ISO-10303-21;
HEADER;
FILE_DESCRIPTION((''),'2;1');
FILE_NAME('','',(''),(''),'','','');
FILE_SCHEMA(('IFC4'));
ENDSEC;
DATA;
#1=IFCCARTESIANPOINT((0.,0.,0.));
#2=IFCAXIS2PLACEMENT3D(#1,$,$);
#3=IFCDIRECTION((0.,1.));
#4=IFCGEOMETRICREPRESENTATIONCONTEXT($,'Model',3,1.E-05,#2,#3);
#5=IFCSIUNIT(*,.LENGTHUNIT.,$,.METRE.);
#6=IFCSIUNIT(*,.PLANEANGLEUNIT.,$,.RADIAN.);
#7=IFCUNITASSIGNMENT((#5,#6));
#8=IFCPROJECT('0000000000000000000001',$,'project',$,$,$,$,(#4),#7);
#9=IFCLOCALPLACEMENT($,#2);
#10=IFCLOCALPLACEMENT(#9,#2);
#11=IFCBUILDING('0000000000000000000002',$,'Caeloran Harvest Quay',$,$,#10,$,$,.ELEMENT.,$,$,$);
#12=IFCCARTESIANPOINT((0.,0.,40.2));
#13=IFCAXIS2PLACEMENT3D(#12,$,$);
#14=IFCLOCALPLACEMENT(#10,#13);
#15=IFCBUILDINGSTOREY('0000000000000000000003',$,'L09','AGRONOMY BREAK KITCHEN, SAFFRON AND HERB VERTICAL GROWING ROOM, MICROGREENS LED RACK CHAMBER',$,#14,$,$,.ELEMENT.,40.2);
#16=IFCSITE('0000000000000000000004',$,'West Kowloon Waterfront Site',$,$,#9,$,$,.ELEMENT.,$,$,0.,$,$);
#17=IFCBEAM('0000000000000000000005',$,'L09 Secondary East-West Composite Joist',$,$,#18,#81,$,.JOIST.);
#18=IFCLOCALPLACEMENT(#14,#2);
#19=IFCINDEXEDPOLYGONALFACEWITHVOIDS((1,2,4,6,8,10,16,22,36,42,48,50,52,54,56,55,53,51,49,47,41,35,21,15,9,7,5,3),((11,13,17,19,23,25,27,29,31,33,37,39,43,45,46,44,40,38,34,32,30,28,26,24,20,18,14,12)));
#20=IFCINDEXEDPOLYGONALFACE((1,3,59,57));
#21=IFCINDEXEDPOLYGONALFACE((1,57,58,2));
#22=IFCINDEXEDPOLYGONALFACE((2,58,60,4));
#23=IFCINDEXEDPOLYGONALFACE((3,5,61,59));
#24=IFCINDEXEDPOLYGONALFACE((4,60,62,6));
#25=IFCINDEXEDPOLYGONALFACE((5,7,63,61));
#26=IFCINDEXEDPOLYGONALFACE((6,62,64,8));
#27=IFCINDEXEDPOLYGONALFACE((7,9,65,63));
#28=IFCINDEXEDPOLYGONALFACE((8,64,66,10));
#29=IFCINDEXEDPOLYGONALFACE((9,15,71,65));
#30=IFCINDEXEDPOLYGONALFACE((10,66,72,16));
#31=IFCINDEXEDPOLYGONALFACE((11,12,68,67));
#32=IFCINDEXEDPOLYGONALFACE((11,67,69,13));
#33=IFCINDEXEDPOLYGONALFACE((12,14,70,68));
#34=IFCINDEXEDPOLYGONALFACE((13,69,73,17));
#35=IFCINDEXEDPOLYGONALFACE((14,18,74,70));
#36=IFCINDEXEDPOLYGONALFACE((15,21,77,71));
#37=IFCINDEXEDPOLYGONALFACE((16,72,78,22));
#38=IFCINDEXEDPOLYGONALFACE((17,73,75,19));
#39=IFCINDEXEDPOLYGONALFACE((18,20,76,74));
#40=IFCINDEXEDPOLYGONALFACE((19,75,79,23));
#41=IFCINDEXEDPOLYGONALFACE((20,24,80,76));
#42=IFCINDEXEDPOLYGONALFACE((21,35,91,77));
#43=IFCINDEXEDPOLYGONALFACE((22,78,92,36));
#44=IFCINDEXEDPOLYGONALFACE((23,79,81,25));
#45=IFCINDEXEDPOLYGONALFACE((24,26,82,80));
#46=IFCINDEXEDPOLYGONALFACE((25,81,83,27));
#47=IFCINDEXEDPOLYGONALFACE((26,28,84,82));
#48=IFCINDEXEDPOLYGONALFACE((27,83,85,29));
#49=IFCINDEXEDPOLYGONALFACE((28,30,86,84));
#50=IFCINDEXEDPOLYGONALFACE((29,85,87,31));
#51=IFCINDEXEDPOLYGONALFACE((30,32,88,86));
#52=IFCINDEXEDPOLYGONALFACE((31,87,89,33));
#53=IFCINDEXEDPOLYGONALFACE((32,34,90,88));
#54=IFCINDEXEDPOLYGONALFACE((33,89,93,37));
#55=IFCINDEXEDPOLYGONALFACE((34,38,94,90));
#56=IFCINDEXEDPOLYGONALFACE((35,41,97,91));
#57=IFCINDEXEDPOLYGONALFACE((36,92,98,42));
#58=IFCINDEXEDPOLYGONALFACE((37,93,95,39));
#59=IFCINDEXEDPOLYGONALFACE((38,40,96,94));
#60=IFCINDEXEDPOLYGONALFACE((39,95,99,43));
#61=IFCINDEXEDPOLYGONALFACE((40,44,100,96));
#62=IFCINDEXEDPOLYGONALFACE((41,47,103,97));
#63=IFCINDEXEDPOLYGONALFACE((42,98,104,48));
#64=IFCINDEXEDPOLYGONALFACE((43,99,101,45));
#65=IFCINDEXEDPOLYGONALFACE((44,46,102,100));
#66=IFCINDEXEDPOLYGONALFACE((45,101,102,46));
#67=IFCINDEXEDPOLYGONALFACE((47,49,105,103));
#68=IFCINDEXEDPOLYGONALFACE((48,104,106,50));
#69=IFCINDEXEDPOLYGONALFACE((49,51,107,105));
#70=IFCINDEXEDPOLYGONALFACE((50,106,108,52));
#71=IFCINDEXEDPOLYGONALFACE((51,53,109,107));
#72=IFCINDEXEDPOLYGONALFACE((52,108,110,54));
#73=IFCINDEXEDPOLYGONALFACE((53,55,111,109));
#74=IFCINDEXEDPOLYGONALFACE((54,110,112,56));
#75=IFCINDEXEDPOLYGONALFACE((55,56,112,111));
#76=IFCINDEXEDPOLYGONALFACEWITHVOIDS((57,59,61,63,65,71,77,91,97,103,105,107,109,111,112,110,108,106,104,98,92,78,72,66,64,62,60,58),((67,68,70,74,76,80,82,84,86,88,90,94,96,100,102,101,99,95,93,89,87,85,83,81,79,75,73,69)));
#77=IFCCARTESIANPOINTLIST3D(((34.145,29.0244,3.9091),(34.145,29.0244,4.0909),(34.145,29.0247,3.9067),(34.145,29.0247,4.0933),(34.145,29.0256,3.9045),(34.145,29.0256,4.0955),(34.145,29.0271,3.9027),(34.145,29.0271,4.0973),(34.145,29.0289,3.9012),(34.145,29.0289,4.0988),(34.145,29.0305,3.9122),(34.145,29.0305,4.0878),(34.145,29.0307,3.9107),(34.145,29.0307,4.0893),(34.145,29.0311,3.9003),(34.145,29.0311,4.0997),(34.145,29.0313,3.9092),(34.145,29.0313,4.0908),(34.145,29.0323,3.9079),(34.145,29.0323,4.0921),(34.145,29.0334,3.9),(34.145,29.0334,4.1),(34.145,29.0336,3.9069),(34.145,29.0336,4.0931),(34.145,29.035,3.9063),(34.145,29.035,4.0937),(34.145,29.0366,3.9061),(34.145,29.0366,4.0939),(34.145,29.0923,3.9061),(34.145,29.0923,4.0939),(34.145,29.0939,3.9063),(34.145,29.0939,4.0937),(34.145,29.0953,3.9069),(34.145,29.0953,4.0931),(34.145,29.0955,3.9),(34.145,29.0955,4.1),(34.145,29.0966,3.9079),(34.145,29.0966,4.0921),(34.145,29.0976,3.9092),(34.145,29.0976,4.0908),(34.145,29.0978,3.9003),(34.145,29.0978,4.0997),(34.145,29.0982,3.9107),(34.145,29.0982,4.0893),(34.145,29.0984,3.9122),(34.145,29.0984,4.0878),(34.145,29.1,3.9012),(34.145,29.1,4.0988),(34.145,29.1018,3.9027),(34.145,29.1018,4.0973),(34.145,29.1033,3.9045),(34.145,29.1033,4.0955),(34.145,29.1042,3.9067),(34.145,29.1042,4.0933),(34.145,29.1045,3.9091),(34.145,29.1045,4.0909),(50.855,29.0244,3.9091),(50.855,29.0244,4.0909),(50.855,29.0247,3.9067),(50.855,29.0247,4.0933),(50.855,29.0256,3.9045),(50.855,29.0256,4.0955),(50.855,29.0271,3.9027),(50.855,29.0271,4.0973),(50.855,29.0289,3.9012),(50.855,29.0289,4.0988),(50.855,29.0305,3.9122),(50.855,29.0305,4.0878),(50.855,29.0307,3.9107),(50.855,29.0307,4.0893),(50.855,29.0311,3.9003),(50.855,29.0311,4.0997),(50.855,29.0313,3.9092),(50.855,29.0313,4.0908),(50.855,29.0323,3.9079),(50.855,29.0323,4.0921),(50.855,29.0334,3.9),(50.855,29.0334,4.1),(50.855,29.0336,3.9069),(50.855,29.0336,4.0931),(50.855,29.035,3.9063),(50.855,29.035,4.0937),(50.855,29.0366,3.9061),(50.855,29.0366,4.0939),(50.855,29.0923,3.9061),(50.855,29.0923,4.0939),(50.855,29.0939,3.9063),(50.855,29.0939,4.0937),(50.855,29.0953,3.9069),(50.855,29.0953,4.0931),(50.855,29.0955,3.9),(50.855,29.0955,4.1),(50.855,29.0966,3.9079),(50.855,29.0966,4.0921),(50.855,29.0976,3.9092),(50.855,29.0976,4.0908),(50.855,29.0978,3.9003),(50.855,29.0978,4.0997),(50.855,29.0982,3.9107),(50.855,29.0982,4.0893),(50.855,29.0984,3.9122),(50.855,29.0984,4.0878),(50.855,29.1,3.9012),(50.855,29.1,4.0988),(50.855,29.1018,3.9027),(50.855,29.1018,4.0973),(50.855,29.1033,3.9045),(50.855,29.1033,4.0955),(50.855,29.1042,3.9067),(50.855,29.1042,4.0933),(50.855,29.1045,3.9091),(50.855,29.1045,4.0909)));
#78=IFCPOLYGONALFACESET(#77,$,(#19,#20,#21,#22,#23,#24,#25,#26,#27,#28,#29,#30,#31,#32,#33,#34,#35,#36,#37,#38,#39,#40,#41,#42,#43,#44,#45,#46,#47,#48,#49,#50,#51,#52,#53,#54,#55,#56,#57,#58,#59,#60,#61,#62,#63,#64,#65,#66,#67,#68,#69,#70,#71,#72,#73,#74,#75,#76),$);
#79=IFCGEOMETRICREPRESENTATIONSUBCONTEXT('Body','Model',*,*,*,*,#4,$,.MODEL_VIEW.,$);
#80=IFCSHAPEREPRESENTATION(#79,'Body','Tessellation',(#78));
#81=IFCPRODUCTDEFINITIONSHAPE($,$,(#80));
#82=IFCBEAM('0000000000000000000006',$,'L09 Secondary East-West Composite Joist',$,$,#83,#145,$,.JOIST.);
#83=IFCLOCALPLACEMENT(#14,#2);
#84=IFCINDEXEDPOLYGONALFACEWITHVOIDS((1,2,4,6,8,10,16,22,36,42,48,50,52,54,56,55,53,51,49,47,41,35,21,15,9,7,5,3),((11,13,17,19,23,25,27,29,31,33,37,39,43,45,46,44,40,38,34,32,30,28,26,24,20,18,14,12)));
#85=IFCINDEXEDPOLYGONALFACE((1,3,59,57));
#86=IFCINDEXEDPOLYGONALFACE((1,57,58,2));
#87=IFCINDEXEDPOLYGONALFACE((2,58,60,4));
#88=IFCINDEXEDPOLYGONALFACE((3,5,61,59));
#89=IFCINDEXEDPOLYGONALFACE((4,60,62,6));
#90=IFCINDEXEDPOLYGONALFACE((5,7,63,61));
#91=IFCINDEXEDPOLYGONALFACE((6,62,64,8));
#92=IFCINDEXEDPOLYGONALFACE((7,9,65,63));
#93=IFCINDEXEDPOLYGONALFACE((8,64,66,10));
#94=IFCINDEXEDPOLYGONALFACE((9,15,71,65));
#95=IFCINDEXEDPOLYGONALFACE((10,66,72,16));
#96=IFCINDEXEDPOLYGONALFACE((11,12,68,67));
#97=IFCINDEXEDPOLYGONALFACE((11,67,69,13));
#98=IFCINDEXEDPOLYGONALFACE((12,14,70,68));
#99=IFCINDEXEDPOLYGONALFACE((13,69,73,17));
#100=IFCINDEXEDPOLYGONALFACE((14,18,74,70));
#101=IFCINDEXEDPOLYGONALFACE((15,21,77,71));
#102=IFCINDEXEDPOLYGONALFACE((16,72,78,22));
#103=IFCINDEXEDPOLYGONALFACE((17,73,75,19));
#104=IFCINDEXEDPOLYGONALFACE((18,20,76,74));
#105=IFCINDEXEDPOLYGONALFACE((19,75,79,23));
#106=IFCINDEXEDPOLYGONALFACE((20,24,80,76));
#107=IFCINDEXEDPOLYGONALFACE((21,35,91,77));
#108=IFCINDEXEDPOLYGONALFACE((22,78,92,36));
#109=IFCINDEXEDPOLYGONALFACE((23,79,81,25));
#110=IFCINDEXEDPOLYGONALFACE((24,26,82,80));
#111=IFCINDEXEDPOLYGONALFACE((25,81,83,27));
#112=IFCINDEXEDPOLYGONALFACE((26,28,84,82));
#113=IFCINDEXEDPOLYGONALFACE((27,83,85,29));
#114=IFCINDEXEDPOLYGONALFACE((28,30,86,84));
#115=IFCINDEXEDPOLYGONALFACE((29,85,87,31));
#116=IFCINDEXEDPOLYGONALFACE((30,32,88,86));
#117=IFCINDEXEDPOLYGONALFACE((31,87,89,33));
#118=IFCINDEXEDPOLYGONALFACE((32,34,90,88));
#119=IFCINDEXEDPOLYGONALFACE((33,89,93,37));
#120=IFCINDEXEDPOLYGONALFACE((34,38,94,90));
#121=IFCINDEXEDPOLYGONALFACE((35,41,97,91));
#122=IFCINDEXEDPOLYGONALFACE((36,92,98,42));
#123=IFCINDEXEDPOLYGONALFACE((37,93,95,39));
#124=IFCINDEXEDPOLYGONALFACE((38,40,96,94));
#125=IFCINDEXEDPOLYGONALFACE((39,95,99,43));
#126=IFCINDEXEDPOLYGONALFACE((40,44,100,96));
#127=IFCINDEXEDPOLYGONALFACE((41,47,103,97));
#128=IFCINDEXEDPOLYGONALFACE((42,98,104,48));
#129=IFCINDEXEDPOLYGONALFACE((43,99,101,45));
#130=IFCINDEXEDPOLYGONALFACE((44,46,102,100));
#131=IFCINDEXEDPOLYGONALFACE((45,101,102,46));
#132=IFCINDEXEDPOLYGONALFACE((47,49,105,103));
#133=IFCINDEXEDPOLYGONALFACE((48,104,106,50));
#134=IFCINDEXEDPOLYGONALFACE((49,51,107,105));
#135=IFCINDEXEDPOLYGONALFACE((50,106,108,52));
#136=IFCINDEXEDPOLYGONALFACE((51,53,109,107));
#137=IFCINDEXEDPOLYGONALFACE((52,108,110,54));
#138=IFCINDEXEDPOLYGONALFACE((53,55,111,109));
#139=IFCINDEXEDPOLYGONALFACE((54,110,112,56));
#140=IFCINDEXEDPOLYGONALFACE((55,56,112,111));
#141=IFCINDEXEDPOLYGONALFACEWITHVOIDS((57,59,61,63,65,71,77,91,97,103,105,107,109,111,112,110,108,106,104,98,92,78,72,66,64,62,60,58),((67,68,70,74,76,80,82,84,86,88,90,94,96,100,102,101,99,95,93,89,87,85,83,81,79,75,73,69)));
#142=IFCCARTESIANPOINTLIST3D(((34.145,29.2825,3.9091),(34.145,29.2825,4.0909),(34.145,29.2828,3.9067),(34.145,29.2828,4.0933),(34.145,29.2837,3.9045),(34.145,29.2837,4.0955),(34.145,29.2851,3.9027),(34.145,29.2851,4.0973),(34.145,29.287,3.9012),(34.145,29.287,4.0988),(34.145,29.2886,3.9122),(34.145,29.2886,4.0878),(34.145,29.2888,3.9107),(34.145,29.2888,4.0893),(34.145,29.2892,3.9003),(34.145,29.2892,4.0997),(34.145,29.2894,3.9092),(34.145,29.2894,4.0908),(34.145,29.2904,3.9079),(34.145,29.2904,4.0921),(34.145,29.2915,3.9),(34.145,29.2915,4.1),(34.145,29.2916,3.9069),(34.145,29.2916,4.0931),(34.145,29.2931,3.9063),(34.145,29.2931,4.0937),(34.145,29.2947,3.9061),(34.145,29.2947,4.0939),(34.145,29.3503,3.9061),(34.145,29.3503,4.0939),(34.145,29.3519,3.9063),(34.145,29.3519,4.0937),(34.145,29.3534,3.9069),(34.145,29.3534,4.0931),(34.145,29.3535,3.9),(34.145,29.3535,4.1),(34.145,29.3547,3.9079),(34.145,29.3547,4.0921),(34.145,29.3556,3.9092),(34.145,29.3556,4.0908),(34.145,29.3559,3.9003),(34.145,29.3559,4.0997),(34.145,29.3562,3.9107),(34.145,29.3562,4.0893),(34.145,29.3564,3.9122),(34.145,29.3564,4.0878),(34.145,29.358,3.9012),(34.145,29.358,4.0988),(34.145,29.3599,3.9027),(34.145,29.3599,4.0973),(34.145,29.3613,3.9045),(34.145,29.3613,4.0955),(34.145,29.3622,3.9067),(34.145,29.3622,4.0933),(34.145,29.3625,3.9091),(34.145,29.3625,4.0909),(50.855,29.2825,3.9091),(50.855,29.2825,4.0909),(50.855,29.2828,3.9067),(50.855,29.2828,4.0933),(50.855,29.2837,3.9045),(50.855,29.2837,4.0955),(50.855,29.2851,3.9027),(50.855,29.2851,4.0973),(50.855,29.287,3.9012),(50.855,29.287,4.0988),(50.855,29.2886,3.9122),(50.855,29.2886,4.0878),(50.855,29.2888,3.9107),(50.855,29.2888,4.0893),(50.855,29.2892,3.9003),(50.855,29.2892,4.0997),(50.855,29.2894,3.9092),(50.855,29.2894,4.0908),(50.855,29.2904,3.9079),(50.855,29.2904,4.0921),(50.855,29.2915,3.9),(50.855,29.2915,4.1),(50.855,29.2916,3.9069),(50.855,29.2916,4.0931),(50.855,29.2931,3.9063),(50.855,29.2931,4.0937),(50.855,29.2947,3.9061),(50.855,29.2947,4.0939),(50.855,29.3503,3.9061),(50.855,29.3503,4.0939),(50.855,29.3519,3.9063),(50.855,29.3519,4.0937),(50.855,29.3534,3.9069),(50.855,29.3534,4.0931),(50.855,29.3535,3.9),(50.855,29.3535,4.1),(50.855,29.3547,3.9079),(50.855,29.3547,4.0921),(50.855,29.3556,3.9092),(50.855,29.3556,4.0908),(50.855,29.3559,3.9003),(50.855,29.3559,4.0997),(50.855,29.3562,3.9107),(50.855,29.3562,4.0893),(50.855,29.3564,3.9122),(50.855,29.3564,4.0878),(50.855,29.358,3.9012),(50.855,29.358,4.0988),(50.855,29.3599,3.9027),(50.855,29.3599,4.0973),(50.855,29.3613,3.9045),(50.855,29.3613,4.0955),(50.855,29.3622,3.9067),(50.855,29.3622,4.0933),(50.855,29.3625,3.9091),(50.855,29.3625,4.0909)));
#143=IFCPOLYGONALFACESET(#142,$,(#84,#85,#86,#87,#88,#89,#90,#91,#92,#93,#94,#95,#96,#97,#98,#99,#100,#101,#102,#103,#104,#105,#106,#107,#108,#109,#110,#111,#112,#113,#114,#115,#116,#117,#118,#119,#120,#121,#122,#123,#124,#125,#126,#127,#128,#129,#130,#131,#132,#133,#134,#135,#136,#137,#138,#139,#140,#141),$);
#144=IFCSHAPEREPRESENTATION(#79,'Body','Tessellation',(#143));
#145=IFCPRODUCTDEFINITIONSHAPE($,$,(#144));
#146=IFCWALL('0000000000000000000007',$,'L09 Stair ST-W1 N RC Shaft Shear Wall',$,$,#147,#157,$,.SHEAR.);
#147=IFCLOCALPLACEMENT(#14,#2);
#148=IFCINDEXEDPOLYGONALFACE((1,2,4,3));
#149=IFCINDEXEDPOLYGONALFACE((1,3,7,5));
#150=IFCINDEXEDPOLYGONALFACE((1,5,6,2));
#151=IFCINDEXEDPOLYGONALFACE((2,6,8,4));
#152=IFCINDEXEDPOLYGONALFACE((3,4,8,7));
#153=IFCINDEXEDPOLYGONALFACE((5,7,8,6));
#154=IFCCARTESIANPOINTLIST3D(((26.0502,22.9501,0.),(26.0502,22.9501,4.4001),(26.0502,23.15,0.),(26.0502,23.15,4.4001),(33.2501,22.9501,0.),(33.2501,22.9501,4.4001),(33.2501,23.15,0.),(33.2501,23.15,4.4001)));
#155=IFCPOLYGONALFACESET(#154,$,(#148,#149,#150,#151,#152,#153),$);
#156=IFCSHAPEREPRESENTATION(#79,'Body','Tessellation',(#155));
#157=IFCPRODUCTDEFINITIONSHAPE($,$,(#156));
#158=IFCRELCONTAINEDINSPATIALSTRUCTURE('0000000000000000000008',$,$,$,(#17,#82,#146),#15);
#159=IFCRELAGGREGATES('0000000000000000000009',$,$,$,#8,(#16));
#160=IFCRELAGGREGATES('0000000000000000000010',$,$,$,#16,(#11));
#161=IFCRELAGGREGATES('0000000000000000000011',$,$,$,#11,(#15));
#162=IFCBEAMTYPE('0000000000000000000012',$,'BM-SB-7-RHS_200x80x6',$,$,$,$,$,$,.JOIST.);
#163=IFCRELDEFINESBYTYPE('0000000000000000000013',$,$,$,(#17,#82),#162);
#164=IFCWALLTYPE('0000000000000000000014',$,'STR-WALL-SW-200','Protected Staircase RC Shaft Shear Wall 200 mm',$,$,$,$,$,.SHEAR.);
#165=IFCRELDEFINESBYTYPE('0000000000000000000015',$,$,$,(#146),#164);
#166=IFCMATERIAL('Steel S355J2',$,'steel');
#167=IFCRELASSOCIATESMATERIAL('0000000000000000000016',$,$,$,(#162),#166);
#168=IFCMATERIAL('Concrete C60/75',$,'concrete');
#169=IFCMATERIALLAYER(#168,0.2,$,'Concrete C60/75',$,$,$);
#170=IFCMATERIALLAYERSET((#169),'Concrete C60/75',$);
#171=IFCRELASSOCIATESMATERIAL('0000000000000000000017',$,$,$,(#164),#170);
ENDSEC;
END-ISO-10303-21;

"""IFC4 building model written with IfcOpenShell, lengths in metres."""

from ifc_helpers import new_model, si_unit, direction, frame, frame_2d, origin, origin_2d, place, context, subcontext, project, spatial, rectangle, hollow_rectangle, extrude, material, layer, layer_set, material_profile, profile_set, type_object, element, save


model = new_model("IFC4")

# Units and contexts
model_context = context("Model", 3, precision=1e-05, world=origin(), true_north=direction((0.0, 1.0)))
body_context = subcontext(model_context, "Body", "Model", "MODEL_VIEW")
ifc_project = project(units=[si_unit("LENGTHUNIT", "METRE"), si_unit("PLANEANGLEUNIT", "RADIAN")], contexts=[model_context])

# Site, building, storey
site_placement = place(None, origin())
site = spatial("IfcSite", under=ifc_project, at=site_placement, Name="West Kowloon Waterfront Site", CompositionType="ELEMENT", RefElevation=0.0)
building_placement = place(site_placement, origin())
building = spatial("IfcBuilding", under=site, at=building_placement, Name="Caeloran Harvest Quay", CompositionType="ELEMENT")
storey_placement = place(building_placement, frame((0.0, 0.0, 40.2)))
storey = spatial("IfcBuildingStorey", under=building, at=storey_placement, Name="L09", Description="AGRONOMY BREAK KITCHEN, SAFFRON AND HERB VERTICAL GROWING ROOM, MICROGREENS LED RACK CHAMBER", CompositionType="ELEMENT", Elevation=40.2)

# Beams
ifc_material_1 = material(Name="Steel S355J2", Category="steel")
ifc_material_profile_1 = material_profile(ifc_material_1, hollow_rectangle(XDim=0.0801, YDim=0.2, WallThickness=0.0061, InnerFilletRadius=0.0061, OuterFilletRadius=0.009, at=origin_2d()), Name="RHS 200x80x6")
ifc_profile_set_1 = profile_set([ifc_material_profile_1], Name="Steel S355J2")
beam_type_1 = type_object("IfcBeamType", Name="BM-SB-7-RHS_200x80x6", PredefinedType="JOIST", material=ifc_profile_set_1)
for number, where, z_axis, x_axis, name in (
    (1, (34.145, 29.0645, 4.0), (1.0, 0.0, 0.0), (0.0, 1.0, 0.0), "L09 Secondary East-West Composite Joist"),
    (2, (34.145, 29.3225, 4.0), (1.0, 0.0, 0.0), (0.0, 1.0, 0.0), "L09 Secondary East-West Composite Joist"),
):
    element("IfcBeam", number, at=place(storey_placement, frame(where, z_axis=z_axis, x_axis=x_axis)), inside=storey, type_object=beam_type_1, Name=name, PredefinedType="JOIST", context=body_context, shape_type="SweptSolid", body=[
        extrude(hollow_rectangle(XDim=0.0801, YDim=0.2, WallThickness=0.0061, InnerFilletRadius=0.0061, OuterFilletRadius=0.009, at=origin_2d()), origin(), (0.0, 0.0, 1.0), 16.71),
    ])

# Wall
ifc_material_2 = material(Name="Concrete C60/75", Category="concrete")
ifc_layer_1 = layer(ifc_material_2, 0.2, Name="Concrete C60/75")
ifc_layer_set_1 = layer_set([ifc_layer_1], Name="Concrete C60/75")
wall_type = type_object("IfcWallType", Name="STR-WALL-SW-200", Description="Protected Staircase RC Shaft Shear Wall 200 mm", PredefinedType="SHEAR", material=ifc_layer_set_1)
wall_placement = place(storey_placement, frame((26.05, 23.05, 0.0), z_axis=(0.0, 0.0, 1.0), x_axis=(1.0, 0.0, 0.0)))
element("IfcWall", 3, at=wall_placement, inside=storey, type_object=wall_type, Name="L09 Stair ST-W1 N RC Shaft Shear Wall", PredefinedType="SHEAR", context=body_context, shape_type="SweptSolid", body=[
    extrude(rectangle(XDim=7.2, YDim=0.2, at=frame_2d((3.6001, 0.0))), origin(), (0.0, 0.0, 1.0), 4.4001),
])

save(model, "model.ifc")
